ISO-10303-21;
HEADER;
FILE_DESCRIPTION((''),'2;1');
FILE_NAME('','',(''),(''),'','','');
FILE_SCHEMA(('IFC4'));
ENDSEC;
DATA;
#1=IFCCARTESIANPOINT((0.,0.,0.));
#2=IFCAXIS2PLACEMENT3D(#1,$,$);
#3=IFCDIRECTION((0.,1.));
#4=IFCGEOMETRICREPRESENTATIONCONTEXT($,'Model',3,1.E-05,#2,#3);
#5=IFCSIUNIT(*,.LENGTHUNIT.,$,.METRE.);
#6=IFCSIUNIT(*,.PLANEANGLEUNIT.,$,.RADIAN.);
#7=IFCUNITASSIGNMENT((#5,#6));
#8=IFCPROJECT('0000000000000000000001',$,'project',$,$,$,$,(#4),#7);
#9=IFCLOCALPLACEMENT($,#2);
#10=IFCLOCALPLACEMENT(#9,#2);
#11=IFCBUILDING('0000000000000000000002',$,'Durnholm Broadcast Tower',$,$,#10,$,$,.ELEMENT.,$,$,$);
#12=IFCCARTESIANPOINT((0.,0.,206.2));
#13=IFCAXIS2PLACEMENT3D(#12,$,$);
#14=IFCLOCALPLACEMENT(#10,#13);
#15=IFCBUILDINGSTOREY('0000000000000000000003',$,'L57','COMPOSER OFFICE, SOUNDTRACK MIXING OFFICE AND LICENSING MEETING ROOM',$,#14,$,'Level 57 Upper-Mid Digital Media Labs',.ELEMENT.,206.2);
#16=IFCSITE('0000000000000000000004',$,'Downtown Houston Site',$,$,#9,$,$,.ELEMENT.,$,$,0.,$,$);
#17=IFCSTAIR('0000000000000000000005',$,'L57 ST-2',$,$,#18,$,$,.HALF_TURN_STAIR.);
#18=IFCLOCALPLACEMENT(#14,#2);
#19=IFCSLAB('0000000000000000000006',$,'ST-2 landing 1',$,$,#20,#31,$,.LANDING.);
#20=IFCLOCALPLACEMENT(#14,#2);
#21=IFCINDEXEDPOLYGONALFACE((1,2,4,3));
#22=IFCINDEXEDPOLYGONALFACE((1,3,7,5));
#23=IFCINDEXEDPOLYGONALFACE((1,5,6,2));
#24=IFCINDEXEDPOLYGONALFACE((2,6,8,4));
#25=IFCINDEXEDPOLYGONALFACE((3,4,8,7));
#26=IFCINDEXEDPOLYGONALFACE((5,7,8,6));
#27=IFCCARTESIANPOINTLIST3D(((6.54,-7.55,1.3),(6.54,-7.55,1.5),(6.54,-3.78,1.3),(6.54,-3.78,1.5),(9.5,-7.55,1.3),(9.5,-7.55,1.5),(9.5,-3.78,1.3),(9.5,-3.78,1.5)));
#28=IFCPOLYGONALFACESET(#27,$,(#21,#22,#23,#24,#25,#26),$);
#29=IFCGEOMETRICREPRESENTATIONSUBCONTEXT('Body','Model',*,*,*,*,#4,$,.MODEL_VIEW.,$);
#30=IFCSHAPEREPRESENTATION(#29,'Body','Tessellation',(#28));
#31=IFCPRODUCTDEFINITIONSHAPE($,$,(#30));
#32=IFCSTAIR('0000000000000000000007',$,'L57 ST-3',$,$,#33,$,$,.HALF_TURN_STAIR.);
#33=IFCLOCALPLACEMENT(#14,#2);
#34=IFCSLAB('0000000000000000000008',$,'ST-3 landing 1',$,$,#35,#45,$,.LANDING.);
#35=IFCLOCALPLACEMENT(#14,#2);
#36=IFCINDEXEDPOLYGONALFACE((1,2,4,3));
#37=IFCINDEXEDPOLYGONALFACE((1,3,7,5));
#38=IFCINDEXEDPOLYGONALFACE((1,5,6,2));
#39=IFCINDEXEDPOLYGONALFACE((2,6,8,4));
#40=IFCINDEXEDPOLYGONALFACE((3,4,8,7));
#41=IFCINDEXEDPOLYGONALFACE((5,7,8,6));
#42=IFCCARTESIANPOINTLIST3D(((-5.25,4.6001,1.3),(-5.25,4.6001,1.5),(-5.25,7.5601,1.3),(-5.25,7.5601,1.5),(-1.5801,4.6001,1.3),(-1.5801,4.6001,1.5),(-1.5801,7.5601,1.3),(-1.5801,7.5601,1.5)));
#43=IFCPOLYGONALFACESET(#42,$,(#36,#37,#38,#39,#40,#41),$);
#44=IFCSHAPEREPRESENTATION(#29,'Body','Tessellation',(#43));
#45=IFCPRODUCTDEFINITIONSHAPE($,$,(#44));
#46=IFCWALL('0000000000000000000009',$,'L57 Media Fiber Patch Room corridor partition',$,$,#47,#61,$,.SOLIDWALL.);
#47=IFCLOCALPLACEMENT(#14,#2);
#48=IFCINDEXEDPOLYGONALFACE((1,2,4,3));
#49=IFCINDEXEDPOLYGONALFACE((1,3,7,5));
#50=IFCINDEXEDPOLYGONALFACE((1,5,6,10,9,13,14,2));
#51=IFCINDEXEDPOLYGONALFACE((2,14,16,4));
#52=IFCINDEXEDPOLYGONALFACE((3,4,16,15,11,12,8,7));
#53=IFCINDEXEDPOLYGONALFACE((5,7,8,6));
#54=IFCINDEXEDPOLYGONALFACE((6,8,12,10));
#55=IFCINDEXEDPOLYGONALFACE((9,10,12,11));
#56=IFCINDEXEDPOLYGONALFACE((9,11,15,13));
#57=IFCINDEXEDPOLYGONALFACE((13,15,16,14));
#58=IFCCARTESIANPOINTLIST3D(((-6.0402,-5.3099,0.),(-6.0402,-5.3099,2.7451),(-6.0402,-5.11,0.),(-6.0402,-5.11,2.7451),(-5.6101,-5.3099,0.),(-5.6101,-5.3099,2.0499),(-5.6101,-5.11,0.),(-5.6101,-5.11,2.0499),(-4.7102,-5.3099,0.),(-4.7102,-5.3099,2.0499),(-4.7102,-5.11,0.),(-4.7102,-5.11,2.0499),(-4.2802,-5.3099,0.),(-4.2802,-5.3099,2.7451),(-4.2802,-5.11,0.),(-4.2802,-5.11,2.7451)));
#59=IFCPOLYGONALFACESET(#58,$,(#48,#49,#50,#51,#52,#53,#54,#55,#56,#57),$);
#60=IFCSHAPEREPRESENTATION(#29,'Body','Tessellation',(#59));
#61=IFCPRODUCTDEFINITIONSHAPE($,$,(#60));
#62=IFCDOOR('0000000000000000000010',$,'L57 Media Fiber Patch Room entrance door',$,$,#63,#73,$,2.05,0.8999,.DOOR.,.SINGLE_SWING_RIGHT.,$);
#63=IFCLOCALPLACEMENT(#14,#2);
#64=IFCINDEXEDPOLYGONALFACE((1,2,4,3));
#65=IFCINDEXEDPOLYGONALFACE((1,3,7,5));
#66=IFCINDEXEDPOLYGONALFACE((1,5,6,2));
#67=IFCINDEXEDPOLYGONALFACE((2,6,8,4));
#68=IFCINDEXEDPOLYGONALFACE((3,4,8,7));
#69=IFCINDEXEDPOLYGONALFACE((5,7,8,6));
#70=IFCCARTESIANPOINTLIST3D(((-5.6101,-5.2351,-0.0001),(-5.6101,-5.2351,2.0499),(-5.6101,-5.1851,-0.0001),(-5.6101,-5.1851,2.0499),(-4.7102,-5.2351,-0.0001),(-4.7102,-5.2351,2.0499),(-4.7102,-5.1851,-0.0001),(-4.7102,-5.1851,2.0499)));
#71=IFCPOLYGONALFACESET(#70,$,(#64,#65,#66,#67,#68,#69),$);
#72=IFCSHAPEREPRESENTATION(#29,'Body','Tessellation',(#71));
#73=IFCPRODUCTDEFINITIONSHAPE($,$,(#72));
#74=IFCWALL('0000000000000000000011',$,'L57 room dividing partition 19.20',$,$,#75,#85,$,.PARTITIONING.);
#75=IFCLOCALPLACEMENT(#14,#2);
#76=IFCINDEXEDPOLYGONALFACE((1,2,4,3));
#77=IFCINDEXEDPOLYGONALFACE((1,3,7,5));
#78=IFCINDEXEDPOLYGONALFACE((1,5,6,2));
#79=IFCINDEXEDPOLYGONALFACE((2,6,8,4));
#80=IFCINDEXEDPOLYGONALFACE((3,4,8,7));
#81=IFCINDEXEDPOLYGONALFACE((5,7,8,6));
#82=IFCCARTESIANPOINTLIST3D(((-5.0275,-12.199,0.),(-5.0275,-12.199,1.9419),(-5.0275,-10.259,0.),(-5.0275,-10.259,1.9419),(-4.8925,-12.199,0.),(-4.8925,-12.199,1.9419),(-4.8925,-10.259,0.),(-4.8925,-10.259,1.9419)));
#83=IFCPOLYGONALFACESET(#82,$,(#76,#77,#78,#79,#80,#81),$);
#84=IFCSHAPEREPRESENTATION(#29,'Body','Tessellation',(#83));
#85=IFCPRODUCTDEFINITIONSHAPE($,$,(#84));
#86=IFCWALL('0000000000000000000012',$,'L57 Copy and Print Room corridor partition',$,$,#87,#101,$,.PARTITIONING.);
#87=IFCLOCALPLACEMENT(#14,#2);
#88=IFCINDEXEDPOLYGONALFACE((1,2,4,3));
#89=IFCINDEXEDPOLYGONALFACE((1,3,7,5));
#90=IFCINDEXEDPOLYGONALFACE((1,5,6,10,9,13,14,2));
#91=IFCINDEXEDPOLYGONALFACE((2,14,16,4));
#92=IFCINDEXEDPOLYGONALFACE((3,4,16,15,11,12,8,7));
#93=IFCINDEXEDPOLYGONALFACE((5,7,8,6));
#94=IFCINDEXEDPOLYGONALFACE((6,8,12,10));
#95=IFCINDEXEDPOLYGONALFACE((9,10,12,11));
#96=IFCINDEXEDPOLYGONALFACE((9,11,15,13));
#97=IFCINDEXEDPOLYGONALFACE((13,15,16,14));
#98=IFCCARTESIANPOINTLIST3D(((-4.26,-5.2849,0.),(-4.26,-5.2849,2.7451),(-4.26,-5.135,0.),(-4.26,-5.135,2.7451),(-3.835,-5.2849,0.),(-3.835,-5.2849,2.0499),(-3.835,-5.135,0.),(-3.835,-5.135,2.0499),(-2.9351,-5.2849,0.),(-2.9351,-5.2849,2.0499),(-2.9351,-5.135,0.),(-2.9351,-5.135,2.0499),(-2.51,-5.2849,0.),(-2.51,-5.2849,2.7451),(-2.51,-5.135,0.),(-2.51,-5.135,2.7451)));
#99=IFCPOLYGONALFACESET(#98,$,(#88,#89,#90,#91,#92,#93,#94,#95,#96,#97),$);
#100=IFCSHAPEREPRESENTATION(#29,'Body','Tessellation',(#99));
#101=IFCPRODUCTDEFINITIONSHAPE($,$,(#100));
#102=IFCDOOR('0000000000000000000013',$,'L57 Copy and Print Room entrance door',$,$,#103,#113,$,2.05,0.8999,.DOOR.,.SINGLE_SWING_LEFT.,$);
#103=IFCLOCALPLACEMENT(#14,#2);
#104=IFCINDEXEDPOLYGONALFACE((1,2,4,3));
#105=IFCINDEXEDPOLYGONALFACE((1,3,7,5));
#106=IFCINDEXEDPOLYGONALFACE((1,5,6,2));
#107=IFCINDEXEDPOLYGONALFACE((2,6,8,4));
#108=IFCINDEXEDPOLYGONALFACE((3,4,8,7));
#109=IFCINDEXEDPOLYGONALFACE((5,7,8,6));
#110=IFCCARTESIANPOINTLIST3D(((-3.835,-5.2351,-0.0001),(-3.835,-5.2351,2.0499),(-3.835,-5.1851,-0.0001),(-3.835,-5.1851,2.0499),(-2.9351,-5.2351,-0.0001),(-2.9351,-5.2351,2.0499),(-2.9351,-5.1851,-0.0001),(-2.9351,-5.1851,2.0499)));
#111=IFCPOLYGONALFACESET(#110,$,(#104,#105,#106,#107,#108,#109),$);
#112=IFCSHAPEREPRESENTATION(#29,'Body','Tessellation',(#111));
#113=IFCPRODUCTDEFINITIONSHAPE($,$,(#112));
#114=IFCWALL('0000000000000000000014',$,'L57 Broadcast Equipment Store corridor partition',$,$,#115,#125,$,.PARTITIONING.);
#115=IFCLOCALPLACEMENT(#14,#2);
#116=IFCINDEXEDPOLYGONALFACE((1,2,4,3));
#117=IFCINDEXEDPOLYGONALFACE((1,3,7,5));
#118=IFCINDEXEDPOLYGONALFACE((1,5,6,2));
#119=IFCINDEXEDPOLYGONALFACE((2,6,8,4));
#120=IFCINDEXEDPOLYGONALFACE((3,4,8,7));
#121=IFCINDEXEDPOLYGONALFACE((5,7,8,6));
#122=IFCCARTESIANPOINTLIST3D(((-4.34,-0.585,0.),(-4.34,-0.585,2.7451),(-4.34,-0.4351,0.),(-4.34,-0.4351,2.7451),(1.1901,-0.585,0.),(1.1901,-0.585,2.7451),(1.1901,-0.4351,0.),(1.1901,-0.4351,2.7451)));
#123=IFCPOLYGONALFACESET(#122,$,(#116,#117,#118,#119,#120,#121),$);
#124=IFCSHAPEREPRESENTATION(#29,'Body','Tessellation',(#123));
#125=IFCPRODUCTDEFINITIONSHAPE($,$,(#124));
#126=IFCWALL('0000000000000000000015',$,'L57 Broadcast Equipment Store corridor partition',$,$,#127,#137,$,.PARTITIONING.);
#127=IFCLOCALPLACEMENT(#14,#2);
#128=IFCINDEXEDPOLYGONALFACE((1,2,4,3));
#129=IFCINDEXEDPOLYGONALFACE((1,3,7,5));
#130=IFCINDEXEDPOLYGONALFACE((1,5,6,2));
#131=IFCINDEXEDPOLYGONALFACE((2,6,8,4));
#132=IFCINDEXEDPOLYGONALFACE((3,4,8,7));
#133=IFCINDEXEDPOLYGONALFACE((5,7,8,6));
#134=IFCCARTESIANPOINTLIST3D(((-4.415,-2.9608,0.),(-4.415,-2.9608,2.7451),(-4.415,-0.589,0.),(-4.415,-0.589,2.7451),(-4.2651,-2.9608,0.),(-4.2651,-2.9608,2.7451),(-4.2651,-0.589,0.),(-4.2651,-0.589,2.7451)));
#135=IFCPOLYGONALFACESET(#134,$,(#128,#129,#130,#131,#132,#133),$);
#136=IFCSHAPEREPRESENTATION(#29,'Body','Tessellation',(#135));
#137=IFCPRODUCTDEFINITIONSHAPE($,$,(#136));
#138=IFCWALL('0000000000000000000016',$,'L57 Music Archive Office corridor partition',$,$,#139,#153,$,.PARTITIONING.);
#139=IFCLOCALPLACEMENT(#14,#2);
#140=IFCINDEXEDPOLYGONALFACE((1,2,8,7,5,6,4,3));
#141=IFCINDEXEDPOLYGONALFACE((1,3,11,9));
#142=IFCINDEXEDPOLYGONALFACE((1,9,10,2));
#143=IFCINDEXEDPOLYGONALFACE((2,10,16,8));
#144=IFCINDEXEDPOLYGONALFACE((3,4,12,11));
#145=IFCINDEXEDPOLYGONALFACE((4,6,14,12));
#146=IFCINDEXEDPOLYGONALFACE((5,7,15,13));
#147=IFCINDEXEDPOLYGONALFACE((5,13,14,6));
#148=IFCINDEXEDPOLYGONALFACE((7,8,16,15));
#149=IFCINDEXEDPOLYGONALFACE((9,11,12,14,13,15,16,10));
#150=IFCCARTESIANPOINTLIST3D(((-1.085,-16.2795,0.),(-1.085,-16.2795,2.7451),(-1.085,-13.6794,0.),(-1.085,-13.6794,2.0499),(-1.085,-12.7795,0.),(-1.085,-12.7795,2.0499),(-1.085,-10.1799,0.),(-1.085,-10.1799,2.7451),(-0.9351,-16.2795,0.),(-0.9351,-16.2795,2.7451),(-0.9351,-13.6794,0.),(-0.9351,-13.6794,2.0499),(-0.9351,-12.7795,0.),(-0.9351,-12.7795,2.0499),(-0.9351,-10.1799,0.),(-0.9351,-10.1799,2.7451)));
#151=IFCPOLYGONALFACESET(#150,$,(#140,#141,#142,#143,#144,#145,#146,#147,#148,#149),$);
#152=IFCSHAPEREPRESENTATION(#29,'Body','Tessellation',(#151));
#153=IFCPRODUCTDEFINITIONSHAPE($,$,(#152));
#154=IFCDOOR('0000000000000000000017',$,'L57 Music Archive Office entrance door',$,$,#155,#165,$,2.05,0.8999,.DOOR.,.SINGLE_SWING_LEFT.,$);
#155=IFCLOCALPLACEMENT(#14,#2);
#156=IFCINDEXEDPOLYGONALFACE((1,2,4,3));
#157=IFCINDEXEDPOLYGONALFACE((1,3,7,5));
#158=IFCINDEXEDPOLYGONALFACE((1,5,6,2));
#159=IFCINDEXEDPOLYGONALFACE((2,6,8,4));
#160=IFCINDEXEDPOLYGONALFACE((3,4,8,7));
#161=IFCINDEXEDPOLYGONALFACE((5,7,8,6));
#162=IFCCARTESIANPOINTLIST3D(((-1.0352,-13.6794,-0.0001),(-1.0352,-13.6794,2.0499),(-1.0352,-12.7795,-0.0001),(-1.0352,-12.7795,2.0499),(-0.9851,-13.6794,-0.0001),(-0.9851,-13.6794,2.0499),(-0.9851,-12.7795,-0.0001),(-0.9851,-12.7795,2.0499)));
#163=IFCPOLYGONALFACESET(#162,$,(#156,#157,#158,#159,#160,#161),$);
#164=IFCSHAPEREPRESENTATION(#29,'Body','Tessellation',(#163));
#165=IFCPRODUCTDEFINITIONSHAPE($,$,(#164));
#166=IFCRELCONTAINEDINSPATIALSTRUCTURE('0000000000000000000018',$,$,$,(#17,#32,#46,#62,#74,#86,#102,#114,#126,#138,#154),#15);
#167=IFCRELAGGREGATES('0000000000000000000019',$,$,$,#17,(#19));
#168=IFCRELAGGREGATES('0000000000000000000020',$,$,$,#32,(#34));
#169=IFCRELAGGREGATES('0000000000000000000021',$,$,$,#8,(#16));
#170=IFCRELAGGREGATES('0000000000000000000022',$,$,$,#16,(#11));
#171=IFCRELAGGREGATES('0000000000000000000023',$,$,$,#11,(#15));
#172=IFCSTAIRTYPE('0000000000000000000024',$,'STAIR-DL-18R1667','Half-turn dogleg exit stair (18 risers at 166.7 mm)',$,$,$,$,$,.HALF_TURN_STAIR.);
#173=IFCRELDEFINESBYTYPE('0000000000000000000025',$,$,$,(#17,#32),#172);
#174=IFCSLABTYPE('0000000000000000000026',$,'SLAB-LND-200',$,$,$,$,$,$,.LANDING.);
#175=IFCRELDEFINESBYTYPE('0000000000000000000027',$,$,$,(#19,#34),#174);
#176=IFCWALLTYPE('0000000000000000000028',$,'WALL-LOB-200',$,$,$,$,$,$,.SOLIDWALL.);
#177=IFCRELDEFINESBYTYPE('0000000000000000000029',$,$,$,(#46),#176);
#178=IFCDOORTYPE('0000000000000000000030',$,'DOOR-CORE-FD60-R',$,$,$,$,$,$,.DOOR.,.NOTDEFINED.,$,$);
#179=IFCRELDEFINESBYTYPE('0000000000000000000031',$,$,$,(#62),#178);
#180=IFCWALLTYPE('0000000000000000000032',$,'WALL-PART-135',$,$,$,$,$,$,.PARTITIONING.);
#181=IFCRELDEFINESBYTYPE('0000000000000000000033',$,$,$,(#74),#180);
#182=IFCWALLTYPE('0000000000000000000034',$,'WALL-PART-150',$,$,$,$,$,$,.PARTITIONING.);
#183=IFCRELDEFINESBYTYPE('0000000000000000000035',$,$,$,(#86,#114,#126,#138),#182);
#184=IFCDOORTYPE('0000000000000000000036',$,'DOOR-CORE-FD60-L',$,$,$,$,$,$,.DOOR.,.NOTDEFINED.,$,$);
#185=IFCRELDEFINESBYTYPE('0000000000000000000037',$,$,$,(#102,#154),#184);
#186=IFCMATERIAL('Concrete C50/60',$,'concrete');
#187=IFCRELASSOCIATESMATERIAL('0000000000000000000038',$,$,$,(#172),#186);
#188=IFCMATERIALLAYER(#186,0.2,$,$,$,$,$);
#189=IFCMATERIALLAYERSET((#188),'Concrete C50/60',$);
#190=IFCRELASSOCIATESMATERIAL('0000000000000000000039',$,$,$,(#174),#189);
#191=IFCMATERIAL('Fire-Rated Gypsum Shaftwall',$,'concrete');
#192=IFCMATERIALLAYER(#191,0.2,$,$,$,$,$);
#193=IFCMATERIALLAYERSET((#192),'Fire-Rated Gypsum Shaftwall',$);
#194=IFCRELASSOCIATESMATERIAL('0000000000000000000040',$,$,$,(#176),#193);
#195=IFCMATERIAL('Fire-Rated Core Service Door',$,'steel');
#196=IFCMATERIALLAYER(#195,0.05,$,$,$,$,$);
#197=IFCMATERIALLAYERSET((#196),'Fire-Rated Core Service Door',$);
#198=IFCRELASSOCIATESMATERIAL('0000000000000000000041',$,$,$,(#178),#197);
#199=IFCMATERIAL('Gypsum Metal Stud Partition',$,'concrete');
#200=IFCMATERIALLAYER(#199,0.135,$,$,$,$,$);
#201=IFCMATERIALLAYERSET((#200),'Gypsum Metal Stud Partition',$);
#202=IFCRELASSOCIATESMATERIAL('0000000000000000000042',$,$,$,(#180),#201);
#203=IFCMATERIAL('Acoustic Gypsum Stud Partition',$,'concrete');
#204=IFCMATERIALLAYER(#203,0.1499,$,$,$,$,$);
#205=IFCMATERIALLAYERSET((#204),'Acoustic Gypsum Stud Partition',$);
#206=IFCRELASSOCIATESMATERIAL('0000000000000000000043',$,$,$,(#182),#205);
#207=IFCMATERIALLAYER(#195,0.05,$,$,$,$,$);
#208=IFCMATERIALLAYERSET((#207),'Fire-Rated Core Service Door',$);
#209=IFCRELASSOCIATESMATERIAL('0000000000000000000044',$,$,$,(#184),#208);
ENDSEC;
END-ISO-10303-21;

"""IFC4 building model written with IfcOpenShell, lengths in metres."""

from ifc_helpers import new_model, si_unit, direction, frame, frame_2d, origin, place, context, subcontext, project, spatial, polyline, rectangle, outline, extrude, source, transform, mapped, material, layer, layer_set, type_object, type_shapes, element, fill, aggregate, save


model = new_model("IFC4")

# Units and contexts
model_context = context("Model", 3, precision=1e-05, world=origin(), true_north=direction((0.0, 1.0)))
body_context = subcontext(model_context, "Body", "Model", "MODEL_VIEW")
ifc_project = project(units=[si_unit("LENGTHUNIT", "METRE"), si_unit("PLANEANGLEUNIT", "RADIAN")], contexts=[model_context])

# Site, building, storey
site_placement = place(None, origin())
site = spatial("IfcSite", under=ifc_project, at=site_placement, Name="Downtown Houston Site", CompositionType="ELEMENT", RefElevation=0.0)
building_placement = place(site_placement, origin())
building = spatial("IfcBuilding", under=site, at=building_placement, Name="Durnholm Broadcast Tower", CompositionType="ELEMENT")
storey_placement = place(building_placement, frame((0.0, 0.0, 206.2)))
storey = spatial("IfcBuildingStorey", under=building, at=storey_placement, Name="L57", Description="COMPOSER OFFICE, SOUNDTRACK MIXING OFFICE AND LICENSING MEETING ROOM", LongName="Level 57 Upper-Mid Digital Media Labs", CompositionType="ELEMENT", Elevation=206.2)

# Shared definitions
ifc_material_1 = material(Name="Concrete C50/60", Category="concrete")

# Stairs, slabs
stair_type = type_object("IfcStairType", Name="STAIR-DL-18R1667", Description="Half-turn dogleg exit stair (18 risers at 166.7 mm)", PredefinedType="HALF_TURN_STAIR", material=ifc_material_1)
ifc_layer_1 = layer(ifc_material_1, 0.2)
ifc_layer_set_1 = layer_set([ifc_layer_1], Name="Concrete C50/60")
slab_type_1 = type_object("IfcSlabType", Name="SLAB-LND-200", PredefinedType="LANDING", material=ifc_layer_set_1)
stair_1_placement = place(storey_placement, origin())
stair_1 = element("IfcStair", 1, at=stair_1_placement, inside=storey, type_object=stair_type, Name="L57 ST-2", PredefinedType="HALF_TURN_STAIR")
slab_1_placement = place(storey_placement, frame((0.0, 0.0, 1.3)))
slab_1 = element("IfcSlab", 2, at=slab_1_placement, type_object=slab_type_1, Name="ST-2 landing 1", PredefinedType="LANDING", context=body_context, shape_type="SweptSolid", body=[
    extrude(outline(polyline([(6.54, -3.78), (6.54, -7.55), (9.5, -7.55), (9.5, -3.78), (6.54, -3.78)])), origin(), (0.0, 0.0, 1.0), 0.2),
])
aggregate(stair_1, [slab_1])
stair_2_placement = place(storey_placement, origin())
stair_2 = element("IfcStair", 3, at=stair_2_placement, inside=storey, type_object=stair_type, Name="L57 ST-3", PredefinedType="HALF_TURN_STAIR")
slab_2_placement = place(storey_placement, frame((0.0, 0.0, 1.3)))
slab_2 = element("IfcSlab", 4, at=slab_2_placement, type_object=slab_type_1, Name="ST-3 landing 1", PredefinedType="LANDING", context=body_context, shape_type="SweptSolid", body=[
    extrude(outline(polyline([(-1.5801, 7.5601), (-5.25, 7.5601), (-5.25, 4.6001), (-1.5801, 4.6001), (-1.5801, 7.5601)])), origin(), (0.0, 0.0, 1.0), 0.2),
])
aggregate(stair_2, [slab_2])

# Wall, opening, door
ifc_material_2 = material(Name="Fire-Rated Gypsum Shaftwall", Category="concrete")
ifc_layer_2 = layer(ifc_material_2, 0.2)
ifc_layer_set_2 = layer_set([ifc_layer_2], Name="Fire-Rated Gypsum Shaftwall")
wall_type_1 = type_object("IfcWallType", Name="WALL-LOB-200", PredefinedType="SOLIDWALL", material=ifc_layer_set_2)
wall_1_placement = place(storey_placement, frame((-6.04, -5.21, 0.0), z_axis=(0.0, 0.0, 1.0), x_axis=(1.0, 0.0, 0.0)))
wall_1 = element("IfcWall", 5, at=wall_1_placement, inside=storey, type_object=wall_type_1, Name="L57 Media Fiber Patch Room corridor partition", PredefinedType="SOLIDWALL", context=body_context, shape_type="SweptSolid", body=[
    extrude(rectangle(XDim=1.76, YDim=0.2, at=frame_2d((0.8799, 0.0))), origin(), (0.0, 0.0, 1.0), 2.7451),
])
opening_1_placement = place(wall_1_placement, frame((0.4299, 0.0, 0.0)))
opening_1 = element("IfcOpeningElement", 6, at=opening_1_placement, cuts=wall_1, PredefinedType="OPENING", context=body_context, shape_type="SweptSolid", body=[
    extrude(rectangle(XDim=0.8999, YDim=2.05, at=frame_2d((0.45, 1.0249))), frame((0.0, 0.1099, 0.0), z_axis=(0.0, -1.0, 0.0), x_axis=(1.0, 0.0, 0.0)), (0.0, 0.0, 1.0), 0.22),
])
ifc_material_3 = material(Name="Fire-Rated Core Service Door", Category="steel")
ifc_layer_3 = layer(ifc_material_3, 0.05)
ifc_layer_set_3 = layer_set([ifc_layer_3], Name="Fire-Rated Core Service Door")
door_type_1 = type_object("IfcDoorType", Name="DOOR-CORE-FD60-R", OperationType="NOTDEFINED", PredefinedType="DOOR", material=ifc_layer_set_3)
shared_shape_1 = source(origin(), body_context, "Body", "SweptSolid", [
    extrude(rectangle(XDim=0.8999, YDim=2.05, at=frame_2d((0.45, 1.0249))), frame((0.0, 0.0249, 0.0), z_axis=(0.0, -1.0, 0.0), x_axis=(1.0, 0.0, 0.0)), (0.0, 0.0, 1.0), 0.05),
])
type_shapes(door_type_1, [shared_shape_1])
door_1_placement = place(opening_1_placement, origin())
door_1 = element("IfcDoor", 7, at=door_1_placement, inside=storey, type_object=door_type_1, Name="L57 Media Fiber Patch Room entrance door", OperationType="SINGLE_SWING_RIGHT", OverallHeight=2.05, OverallWidth=0.8999, PredefinedType="DOOR", context=body_context, shape_type="MappedRepresentation", body=[
    mapped(shared_shape_1, transform((0.0, 0.0, 0.0), x_axis=(1.0, 0.0, 0.0), y_axis=(0.0, 1.0, 0.0), z_axis=(0.0, 0.0, 1.0), scale=1.0)),
])
fill(opening_1, door_1)

# Wall
ifc_material_4 = material(Name="Gypsum Metal Stud Partition", Category="concrete")
ifc_layer_4 = layer(ifc_material_4, 0.135)
ifc_layer_set_4 = layer_set([ifc_layer_4], Name="Gypsum Metal Stud Partition")
wall_type_2 = type_object("IfcWallType", Name="WALL-PART-135", PredefinedType="PARTITIONING", material=ifc_layer_set_4)
wall_2_placement = place(storey_placement, frame((-4.96, -10.259, 0.0), z_axis=(0.0, 0.0, 1.0), x_axis=(0.0, -1.0, 0.0)))
element("IfcWall", 8, at=wall_2_placement, inside=storey, type_object=wall_type_2, Name="L57 room dividing partition 19.20", PredefinedType="PARTITIONING", context=body_context, shape_type="SweptSolid", body=[
    extrude(rectangle(XDim=1.9399, YDim=0.135, at=frame_2d((0.97, 0.0))), origin(), (0.0, 0.0, 1.0), 1.9419),
])

# Wall, opening, door
ifc_material_5 = material(Name="Acoustic Gypsum Stud Partition", Category="concrete")
ifc_layer_5 = layer(ifc_material_5, 0.1499)
ifc_layer_set_5 = layer_set([ifc_layer_5], Name="Acoustic Gypsum Stud Partition")
wall_type_3 = type_object("IfcWallType", Name="WALL-PART-150", PredefinedType="PARTITIONING", material=ifc_layer_set_5)
wall_3_placement = place(storey_placement, frame((-4.26, -5.21, 0.0), z_axis=(0.0, 0.0, 1.0), x_axis=(1.0, 0.0, 0.0)))
wall_3 = element("IfcWall", 9, at=wall_3_placement, inside=storey, type_object=wall_type_3, Name="L57 Copy and Print Room corridor partition", PredefinedType="PARTITIONING", context=body_context, shape_type="SweptSolid", body=[
    extrude(rectangle(XDim=1.75, YDim=0.1499, at=frame_2d((0.875, 0.0))), origin(), (0.0, 0.0, 1.0), 2.7451),
])
opening_2_placement = place(wall_3_placement, frame((0.425, 0.0, 0.0)))
opening_2 = element("IfcOpeningElement", 10, at=opening_2_placement, cuts=wall_3, PredefinedType="OPENING", context=body_context, shape_type="SweptSolid", body=[
    extrude(rectangle(XDim=0.8999, YDim=2.05, at=frame_2d((0.45, 1.0249))), frame((0.0, 0.085, 0.0), z_axis=(0.0, -1.0, 0.0), x_axis=(1.0, 0.0, 0.0)), (0.0, 0.0, 1.0), 0.1699),
])
ifc_layer_6 = layer(ifc_material_3, 0.05)
ifc_layer_set_6 = layer_set([ifc_layer_6], Name="Fire-Rated Core Service Door")
door_type_2 = type_object("IfcDoorType", Name="DOOR-CORE-FD60-L", OperationType="NOTDEFINED", PredefinedType="DOOR", material=ifc_layer_set_6)
shared_shape_2 = source(origin(), body_context, "Body", "SweptSolid", [
    extrude(rectangle(XDim=0.8999, YDim=2.05, at=frame_2d((0.45, 1.0249))), frame((0.0, 0.0249, 0.0), z_axis=(0.0, -1.0, 0.0), x_axis=(1.0, 0.0, 0.0)), (0.0, 0.0, 1.0), 0.05),
])
type_shapes(door_type_2, [shared_shape_2])
door_2_placement = place(opening_2_placement, origin())
door_2 = element("IfcDoor", 11, at=door_2_placement, inside=storey, type_object=door_type_2, Name="L57 Copy and Print Room entrance door", OperationType="SINGLE_SWING_LEFT", OverallHeight=2.05, OverallWidth=0.8999, PredefinedType="DOOR", context=body_context, shape_type="MappedRepresentation", body=[
    mapped(shared_shape_2, transform((0.0, 0.0, 0.0), x_axis=(1.0, 0.0, 0.0), y_axis=(0.0, 1.0, 0.0), z_axis=(0.0, 0.0, 1.0), scale=1.0)),
])
fill(opening_2, door_2)

# Walls
wall_4_placement = place(storey_placement, frame((-4.3401, -0.51, 0.0), z_axis=(0.0, 0.0, 1.0), x_axis=(1.0, 0.0, 0.0)))
element("IfcWall", 12, at=wall_4_placement, inside=storey, type_object=wall_type_3, Name="L57 Broadcast Equipment Store corridor partition", PredefinedType="PARTITIONING", context=body_context, shape_type="SweptSolid", body=[
    extrude(rectangle(XDim=5.53, YDim=0.1499, at=frame_2d((2.7651, 0.0))), origin(), (0.0, 0.0, 1.0), 2.7451),
])
wall_5_placement = place(storey_placement, frame((-4.3401, -2.9609, 0.0), z_axis=(0.0, 0.0, 1.0), x_axis=(0.0, 1.0, 0.0)))
element("IfcWall", 13, at=wall_5_placement, inside=storey, type_object=wall_type_3, Name="L57 Broadcast Equipment Store corridor partition", PredefinedType="PARTITIONING", context=body_context, shape_type="SweptSolid", body=[
    extrude(rectangle(XDim=2.3718, YDim=0.1499, at=frame_2d((1.186, 0.0))), origin(), (0.0, 0.0, 1.0), 2.7451),
])

# Wall, opening, door
wall_6_placement = place(storey_placement, frame((-1.01, -10.1799, 0.0), z_axis=(0.0, 0.0, 1.0), x_axis=(0.0, -1.0, 0.0)))
wall_6 = element("IfcWall", 14, at=wall_6_placement, inside=storey, type_object=wall_type_3, Name="L57 Music Archive Office corridor partition", PredefinedType="PARTITIONING", context=body_context, shape_type="SweptSolid", body=[
    extrude(rectangle(XDim=6.0996, YDim=0.1499, at=frame_2d((3.0498, 0.0))), origin(), (0.0, 0.0, 1.0), 2.7451),
])
opening_3_placement = place(wall_6_placement, frame((2.5996, 0.0, 0.0)))
opening_3 = element("IfcOpeningElement", 15, at=opening_3_placement, cuts=wall_6, PredefinedType="OPENING", context=body_context, shape_type="SweptSolid", body=[
    extrude(rectangle(XDim=0.8999, YDim=2.05, at=frame_2d((0.45, 1.0249))), frame((0.0, 0.085, 0.0), z_axis=(0.0, -1.0, 0.0), x_axis=(1.0, 0.0, 0.0)), (0.0, 0.0, 1.0), 0.1699),
])
door_3_placement = place(opening_3_placement, origin())
door_3 = element("IfcDoor", 16, at=door_3_placement, inside=storey, type_object=door_type_2, Name="L57 Music Archive Office entrance door", OperationType="SINGLE_SWING_LEFT", OverallHeight=2.05, OverallWidth=0.8999, PredefinedType="DOOR", context=body_context, shape_type="MappedRepresentation", body=[
    mapped(shared_shape_2, transform((0.0, 0.0, 0.0), x_axis=(1.0, 0.0, 0.0), y_axis=(0.0, 1.0, 0.0), z_axis=(0.0, 0.0, 1.0), scale=1.0)),
])
fill(opening_3, door_3)

save(model, "model.ifc")
